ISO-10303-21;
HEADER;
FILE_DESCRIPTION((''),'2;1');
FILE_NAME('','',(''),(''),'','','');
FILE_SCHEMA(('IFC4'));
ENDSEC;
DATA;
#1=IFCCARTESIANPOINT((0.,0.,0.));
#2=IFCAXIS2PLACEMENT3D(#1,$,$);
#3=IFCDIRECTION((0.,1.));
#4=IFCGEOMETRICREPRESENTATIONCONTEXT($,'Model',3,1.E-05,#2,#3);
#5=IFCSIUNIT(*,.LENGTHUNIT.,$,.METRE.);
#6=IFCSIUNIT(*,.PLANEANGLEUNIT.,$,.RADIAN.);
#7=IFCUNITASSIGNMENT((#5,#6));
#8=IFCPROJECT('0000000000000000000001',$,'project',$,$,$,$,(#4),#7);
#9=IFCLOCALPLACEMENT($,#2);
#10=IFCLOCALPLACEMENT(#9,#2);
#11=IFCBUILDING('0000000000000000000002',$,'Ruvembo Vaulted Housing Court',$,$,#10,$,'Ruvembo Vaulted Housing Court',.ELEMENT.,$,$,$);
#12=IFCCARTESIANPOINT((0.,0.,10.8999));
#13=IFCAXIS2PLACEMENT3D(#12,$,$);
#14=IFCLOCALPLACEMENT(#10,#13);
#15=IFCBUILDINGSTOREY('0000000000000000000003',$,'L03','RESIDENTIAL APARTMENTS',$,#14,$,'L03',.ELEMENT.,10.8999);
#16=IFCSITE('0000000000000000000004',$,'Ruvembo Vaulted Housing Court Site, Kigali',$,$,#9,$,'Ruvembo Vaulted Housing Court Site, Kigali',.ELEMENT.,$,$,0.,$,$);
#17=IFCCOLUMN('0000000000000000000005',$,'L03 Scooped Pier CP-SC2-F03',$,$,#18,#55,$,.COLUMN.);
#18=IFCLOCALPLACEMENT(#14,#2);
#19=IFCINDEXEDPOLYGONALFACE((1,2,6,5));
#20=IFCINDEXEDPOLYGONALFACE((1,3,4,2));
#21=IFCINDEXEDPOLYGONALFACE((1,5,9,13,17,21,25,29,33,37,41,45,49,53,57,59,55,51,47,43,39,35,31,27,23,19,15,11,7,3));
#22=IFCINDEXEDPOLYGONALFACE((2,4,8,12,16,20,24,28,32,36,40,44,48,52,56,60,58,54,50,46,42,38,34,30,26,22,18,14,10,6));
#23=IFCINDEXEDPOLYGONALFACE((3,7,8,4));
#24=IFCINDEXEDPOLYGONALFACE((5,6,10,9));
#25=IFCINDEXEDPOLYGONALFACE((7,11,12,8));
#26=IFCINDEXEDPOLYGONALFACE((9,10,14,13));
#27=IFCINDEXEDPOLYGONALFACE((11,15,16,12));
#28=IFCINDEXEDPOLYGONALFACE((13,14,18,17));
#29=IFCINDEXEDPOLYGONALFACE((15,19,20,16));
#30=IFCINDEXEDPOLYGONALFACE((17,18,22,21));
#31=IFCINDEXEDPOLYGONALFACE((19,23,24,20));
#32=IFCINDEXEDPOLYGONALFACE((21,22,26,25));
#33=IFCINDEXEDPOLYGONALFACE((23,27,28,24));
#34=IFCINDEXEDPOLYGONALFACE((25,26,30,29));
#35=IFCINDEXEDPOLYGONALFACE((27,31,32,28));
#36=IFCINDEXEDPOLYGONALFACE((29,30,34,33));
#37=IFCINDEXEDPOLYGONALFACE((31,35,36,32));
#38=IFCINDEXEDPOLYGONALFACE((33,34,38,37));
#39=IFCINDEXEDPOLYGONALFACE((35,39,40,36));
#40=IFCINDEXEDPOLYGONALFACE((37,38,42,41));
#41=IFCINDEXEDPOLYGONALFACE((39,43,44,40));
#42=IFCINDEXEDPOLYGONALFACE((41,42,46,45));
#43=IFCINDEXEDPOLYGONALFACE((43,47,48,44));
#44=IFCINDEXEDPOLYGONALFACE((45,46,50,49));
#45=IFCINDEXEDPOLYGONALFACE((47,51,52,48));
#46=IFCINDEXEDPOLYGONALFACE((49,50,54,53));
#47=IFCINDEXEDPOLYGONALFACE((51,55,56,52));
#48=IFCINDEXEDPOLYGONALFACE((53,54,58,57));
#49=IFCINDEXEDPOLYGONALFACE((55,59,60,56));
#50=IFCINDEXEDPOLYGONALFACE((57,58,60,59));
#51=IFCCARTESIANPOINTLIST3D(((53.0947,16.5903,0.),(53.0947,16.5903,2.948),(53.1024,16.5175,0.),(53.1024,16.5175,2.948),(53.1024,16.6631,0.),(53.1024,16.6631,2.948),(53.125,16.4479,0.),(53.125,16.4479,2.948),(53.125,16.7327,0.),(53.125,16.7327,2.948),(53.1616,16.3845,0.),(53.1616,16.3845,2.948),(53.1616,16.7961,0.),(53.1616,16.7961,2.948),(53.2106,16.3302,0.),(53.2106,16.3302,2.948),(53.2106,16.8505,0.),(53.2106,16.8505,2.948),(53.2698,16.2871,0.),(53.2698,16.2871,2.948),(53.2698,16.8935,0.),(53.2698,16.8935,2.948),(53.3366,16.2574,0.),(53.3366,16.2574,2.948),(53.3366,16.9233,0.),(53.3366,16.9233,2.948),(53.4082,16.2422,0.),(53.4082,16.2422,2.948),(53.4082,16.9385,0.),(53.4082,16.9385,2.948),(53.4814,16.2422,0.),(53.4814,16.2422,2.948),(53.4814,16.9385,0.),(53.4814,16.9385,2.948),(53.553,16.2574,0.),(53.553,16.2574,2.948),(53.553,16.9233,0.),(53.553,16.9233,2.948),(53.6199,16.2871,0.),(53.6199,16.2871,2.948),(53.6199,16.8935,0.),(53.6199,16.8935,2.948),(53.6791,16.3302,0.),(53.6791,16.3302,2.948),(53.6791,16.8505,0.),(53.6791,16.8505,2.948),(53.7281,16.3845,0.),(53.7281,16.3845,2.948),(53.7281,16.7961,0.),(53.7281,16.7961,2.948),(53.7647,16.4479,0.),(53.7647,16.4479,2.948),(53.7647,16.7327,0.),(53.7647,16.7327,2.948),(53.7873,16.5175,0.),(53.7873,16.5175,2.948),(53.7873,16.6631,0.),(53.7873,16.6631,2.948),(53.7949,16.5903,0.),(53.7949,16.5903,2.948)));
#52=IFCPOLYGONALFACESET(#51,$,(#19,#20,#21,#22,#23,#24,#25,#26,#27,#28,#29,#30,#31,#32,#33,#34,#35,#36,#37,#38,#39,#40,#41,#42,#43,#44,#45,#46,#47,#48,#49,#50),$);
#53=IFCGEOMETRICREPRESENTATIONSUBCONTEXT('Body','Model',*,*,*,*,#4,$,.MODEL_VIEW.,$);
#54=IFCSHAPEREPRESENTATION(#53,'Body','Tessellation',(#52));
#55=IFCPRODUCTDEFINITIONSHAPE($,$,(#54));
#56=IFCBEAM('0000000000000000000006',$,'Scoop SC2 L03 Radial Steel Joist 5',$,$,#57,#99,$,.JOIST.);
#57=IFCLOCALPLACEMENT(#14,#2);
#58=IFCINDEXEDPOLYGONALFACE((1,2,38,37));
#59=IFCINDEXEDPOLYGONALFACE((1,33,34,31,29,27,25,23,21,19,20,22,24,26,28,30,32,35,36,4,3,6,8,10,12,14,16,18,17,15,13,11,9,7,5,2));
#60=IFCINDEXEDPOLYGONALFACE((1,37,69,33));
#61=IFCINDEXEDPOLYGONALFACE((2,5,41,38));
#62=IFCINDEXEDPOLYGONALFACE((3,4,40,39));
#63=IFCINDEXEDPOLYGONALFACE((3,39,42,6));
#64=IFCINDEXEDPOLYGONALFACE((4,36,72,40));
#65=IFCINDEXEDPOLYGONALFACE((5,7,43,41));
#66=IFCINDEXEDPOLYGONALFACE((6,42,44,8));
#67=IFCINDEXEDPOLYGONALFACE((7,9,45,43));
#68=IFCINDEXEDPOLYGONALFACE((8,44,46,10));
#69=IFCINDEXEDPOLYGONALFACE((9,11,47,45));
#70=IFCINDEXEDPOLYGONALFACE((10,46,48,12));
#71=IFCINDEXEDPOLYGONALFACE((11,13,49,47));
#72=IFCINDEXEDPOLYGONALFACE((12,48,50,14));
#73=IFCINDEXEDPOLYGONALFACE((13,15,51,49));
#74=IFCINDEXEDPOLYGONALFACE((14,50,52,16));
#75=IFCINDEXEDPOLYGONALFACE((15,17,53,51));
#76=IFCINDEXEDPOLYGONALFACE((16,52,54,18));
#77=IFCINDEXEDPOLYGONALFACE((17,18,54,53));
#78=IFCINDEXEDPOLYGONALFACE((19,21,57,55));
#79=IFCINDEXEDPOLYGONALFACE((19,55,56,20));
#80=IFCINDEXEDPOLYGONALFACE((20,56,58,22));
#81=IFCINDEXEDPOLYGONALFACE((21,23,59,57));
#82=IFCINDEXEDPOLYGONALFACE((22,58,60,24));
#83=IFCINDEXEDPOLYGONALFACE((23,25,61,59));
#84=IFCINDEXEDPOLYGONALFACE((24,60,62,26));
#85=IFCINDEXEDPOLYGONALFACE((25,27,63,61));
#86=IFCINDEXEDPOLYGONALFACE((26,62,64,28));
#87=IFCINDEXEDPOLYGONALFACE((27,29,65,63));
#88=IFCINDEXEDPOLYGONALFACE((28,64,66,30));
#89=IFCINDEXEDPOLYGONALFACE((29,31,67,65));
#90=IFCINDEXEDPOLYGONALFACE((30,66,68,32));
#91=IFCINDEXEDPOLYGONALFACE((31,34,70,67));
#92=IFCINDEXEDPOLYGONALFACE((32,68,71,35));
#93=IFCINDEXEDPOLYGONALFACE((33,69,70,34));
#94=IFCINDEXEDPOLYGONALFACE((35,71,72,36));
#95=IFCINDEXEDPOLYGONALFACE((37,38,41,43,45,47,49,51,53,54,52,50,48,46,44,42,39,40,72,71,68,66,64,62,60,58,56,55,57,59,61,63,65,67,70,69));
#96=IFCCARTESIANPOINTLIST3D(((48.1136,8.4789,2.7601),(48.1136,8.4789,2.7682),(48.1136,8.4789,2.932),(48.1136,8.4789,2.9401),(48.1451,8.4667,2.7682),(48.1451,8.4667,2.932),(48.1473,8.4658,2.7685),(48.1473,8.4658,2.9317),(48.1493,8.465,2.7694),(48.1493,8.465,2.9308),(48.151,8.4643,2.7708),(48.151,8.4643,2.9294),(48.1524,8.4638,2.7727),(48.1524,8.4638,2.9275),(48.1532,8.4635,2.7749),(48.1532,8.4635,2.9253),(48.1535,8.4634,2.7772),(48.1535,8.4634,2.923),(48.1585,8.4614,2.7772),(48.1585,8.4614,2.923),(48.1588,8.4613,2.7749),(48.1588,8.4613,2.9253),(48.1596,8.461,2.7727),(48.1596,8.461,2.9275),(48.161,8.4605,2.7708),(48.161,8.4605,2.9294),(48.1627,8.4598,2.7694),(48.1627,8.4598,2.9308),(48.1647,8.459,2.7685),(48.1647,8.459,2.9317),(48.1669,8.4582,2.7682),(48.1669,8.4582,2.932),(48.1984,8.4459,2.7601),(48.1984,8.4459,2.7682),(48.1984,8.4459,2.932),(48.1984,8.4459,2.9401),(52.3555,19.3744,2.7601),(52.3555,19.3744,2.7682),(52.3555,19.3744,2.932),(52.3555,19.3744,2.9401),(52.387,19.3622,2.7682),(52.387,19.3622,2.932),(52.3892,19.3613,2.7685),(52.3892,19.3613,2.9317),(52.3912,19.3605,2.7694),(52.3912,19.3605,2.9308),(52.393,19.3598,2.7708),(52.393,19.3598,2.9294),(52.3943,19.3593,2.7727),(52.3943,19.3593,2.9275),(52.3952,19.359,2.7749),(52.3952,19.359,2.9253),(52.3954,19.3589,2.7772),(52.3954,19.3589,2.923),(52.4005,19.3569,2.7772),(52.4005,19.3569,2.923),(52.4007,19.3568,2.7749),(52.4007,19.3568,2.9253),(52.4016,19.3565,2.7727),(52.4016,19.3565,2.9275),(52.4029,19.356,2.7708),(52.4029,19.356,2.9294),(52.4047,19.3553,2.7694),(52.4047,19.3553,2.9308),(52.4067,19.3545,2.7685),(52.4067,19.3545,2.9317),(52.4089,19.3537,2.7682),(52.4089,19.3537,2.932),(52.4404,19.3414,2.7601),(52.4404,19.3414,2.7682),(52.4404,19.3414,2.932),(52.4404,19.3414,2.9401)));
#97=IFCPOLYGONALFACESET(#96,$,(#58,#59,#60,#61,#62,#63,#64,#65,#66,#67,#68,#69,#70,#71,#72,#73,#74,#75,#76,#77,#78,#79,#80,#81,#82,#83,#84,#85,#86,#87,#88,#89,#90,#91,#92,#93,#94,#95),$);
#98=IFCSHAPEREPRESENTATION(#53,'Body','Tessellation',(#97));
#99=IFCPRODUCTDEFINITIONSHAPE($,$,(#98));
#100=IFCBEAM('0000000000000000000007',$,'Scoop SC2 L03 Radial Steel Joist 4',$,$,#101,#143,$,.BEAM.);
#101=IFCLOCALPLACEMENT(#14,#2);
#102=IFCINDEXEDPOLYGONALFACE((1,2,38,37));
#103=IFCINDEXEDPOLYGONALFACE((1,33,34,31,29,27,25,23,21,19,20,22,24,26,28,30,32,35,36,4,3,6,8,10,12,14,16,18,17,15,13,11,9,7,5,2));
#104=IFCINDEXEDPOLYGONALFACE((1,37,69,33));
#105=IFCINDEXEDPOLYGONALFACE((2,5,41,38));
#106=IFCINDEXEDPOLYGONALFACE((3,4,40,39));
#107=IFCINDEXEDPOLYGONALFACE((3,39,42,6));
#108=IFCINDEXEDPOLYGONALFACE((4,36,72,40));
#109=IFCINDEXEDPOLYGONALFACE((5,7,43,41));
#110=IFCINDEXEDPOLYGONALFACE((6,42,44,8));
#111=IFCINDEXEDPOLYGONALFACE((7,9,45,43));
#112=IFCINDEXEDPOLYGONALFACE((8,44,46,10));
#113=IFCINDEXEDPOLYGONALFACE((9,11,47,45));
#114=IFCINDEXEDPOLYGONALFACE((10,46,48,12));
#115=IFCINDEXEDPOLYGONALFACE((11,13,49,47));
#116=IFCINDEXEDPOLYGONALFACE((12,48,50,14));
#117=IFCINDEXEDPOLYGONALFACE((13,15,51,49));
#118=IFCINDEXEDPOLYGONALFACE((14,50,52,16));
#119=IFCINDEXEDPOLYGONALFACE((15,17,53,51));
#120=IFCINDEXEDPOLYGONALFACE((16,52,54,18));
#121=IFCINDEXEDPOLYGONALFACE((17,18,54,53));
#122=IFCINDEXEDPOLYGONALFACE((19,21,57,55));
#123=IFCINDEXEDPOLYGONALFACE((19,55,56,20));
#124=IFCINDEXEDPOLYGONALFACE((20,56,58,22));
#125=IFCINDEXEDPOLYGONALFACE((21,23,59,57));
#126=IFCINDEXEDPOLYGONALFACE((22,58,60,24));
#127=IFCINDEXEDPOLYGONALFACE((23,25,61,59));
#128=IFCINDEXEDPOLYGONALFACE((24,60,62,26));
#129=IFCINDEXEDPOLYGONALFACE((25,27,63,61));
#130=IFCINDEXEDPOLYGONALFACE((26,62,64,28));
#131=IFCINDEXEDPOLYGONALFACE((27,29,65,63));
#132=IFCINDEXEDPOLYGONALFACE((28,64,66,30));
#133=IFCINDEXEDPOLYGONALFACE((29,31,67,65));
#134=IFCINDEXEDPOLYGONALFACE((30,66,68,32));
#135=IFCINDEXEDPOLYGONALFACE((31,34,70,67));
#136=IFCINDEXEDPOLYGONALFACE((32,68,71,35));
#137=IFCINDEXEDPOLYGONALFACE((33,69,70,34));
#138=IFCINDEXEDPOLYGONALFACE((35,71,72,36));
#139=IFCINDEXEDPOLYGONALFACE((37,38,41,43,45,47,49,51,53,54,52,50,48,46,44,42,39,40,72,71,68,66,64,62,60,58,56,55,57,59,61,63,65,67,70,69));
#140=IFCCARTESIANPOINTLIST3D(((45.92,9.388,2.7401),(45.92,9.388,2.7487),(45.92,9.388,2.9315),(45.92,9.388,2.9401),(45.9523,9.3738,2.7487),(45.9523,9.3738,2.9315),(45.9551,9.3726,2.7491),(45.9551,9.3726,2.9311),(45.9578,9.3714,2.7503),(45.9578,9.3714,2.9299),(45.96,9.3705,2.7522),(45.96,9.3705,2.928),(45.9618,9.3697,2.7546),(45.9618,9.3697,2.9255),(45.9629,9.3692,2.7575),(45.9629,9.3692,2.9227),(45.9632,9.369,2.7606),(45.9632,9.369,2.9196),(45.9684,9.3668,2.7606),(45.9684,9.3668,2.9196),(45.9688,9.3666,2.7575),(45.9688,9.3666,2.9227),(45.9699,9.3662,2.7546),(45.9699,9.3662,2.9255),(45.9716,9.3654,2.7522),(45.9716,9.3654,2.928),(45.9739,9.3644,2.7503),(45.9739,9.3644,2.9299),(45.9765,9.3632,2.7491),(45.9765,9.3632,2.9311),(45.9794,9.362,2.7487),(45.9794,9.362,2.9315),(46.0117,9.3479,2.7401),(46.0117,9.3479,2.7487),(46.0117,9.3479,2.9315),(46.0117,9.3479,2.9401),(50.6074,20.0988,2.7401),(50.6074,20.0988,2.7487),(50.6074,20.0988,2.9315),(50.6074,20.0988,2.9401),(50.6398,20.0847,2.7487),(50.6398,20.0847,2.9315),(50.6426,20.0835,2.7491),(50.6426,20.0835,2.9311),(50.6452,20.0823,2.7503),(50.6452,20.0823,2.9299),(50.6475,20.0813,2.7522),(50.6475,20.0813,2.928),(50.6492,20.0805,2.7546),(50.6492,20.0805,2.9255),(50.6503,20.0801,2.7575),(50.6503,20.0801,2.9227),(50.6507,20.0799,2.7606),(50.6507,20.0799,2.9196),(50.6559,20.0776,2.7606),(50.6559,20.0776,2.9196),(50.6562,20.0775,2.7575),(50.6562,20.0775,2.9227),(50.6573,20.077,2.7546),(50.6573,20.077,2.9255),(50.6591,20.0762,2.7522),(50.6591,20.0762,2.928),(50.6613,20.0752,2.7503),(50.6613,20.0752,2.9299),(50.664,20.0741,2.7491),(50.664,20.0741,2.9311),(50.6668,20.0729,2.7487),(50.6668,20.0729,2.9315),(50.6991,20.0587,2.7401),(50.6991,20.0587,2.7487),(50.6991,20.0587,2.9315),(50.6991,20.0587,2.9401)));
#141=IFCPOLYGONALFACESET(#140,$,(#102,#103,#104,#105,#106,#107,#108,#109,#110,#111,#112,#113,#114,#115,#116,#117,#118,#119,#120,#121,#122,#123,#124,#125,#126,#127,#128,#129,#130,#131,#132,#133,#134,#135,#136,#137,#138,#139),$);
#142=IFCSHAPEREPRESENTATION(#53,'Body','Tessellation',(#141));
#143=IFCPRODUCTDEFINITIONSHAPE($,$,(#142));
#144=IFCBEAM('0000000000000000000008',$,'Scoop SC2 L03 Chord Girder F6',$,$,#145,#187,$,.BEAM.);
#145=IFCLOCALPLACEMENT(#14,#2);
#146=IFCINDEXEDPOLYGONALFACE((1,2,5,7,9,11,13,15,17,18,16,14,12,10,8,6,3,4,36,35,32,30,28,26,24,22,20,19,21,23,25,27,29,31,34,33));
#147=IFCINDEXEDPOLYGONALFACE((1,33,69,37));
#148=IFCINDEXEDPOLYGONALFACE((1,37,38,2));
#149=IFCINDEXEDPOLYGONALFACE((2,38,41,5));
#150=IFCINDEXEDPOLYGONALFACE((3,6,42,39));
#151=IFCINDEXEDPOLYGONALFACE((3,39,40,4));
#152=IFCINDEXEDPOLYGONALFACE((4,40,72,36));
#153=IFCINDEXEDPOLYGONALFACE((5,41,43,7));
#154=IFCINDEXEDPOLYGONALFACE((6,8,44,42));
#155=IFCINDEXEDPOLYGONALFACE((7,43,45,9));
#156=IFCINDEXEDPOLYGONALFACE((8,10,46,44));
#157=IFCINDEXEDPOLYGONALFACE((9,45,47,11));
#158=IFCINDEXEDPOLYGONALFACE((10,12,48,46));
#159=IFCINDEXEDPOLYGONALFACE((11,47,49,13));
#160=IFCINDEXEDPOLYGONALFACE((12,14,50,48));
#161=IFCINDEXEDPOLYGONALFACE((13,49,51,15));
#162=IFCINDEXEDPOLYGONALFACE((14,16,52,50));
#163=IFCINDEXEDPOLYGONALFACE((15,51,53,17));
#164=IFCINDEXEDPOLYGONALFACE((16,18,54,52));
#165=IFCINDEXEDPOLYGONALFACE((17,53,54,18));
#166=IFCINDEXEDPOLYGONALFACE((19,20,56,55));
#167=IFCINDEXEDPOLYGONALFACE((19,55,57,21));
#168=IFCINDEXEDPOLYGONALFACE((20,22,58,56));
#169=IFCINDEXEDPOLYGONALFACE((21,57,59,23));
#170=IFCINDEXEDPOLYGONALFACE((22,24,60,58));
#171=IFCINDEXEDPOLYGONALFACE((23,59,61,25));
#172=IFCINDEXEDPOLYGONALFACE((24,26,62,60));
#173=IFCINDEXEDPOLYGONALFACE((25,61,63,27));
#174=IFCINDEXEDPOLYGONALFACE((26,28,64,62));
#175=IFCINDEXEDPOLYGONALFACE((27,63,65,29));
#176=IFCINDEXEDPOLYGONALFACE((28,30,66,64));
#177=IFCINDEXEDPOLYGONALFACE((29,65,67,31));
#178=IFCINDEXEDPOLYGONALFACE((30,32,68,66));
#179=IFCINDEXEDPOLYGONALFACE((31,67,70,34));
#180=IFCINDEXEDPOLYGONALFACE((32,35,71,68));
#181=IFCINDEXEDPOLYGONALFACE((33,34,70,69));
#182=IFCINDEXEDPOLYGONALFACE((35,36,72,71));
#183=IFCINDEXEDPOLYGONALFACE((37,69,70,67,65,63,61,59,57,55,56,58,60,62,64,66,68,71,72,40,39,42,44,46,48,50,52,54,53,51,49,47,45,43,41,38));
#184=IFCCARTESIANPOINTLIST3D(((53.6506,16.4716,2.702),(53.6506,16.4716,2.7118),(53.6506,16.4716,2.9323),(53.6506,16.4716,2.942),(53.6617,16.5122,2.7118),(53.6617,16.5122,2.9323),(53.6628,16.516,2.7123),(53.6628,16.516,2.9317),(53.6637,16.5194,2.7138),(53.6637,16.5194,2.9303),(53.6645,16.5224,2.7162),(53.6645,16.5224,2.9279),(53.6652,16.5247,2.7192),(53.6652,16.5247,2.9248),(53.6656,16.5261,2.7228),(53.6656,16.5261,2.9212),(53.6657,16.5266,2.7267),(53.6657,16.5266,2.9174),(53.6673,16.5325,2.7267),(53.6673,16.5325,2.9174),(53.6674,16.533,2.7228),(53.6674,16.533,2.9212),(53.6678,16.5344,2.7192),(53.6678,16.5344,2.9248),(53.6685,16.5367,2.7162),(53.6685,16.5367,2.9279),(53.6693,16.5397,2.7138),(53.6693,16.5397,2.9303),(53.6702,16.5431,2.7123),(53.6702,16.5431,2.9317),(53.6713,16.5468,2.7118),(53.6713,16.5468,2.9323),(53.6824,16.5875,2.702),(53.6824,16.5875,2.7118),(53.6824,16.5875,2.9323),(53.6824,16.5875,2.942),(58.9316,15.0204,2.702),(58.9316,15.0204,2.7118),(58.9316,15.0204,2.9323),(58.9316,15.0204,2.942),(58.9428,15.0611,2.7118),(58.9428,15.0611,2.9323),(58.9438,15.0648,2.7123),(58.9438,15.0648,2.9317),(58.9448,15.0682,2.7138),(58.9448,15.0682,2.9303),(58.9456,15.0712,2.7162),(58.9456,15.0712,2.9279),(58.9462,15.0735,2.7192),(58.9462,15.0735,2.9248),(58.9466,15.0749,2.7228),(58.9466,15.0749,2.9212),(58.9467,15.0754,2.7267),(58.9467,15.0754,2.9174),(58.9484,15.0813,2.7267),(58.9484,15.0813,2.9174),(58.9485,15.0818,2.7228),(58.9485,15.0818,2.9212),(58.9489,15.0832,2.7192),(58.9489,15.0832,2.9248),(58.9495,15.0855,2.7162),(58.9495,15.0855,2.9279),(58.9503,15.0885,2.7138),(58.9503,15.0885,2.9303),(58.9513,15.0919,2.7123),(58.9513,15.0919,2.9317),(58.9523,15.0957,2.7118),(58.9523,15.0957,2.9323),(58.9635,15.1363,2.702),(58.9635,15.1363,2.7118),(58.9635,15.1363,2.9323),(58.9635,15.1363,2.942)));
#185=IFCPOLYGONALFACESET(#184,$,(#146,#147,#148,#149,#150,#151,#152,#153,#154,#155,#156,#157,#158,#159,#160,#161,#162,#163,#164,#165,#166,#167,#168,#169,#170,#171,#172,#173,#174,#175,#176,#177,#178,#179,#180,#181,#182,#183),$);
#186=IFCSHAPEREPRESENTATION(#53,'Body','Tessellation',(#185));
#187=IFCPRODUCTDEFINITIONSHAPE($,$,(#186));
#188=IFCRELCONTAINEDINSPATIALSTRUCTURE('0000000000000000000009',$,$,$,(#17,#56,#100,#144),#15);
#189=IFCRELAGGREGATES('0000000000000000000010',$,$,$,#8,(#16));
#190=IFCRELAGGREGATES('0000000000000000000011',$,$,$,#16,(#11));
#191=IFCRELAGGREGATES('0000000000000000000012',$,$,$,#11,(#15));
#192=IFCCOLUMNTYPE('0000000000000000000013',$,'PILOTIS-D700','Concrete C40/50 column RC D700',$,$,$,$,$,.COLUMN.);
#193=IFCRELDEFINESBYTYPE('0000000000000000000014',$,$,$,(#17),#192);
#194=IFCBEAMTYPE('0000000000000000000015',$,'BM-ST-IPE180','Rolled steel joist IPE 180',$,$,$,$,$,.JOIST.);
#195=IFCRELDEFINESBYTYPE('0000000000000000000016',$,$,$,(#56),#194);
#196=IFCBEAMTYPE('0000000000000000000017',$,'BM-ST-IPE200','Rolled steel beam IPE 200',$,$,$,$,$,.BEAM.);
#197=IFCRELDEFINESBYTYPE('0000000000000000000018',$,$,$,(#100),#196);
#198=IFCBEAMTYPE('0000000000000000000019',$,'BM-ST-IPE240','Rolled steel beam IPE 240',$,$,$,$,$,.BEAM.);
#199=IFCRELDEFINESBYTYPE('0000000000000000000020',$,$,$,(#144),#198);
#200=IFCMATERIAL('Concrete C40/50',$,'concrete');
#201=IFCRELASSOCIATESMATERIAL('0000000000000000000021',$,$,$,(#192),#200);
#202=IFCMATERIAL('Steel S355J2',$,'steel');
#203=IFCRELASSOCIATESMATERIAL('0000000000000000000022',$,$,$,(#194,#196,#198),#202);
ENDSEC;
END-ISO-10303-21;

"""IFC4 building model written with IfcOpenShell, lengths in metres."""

from ifc_helpers import new_model, si_unit, direction, frame, origin, origin_2d, place, context, subcontext, project, spatial, circle, i_section, extrude, material, material_profile, profile_set, type_object, element, save


model = new_model("IFC4")

# Units and contexts
model_context = context("Model", 3, precision=1e-05, world=origin(), true_north=direction((0.0, 1.0)))
body_context = subcontext(model_context, "Body", "Model", "MODEL_VIEW")
ifc_project = project(units=[si_unit("LENGTHUNIT", "METRE"), si_unit("PLANEANGLEUNIT", "RADIAN")], contexts=[model_context])

# Site, building, storey
site_placement = place(None, origin())
site = spatial("IfcSite", under=ifc_project, at=site_placement, Name="Ruvembo Vaulted Housing Court Site, Kigali", LongName="Ruvembo Vaulted Housing Court Site, Kigali", CompositionType="ELEMENT", RefElevation=0.0)
building_placement = place(site_placement, origin())
building = spatial("IfcBuilding", under=site, at=building_placement, Name="Ruvembo Vaulted Housing Court", LongName="Ruvembo Vaulted Housing Court", CompositionType="ELEMENT")
storey_placement = place(building_placement, frame((0.0, 0.0, 10.8999)))
storey = spatial("IfcBuildingStorey", under=building, at=storey_placement, Name="L03", Description="RESIDENTIAL APARTMENTS", LongName="L03", CompositionType="ELEMENT", Elevation=10.8999)

# Column
ifc_material_1 = material(Name="Concrete C40/50", Category="concrete")
ifc_material_profile_1 = material_profile(ifc_material_1, circle(Radius=0.3501, at=origin_2d()), Name="RC D700")
ifc_profile_set_1 = profile_set([ifc_material_profile_1], Name="Concrete C40/50")
column_type = type_object("IfcColumnType", Name="PILOTIS-D700", Description="Concrete C40/50 column RC D700", PredefinedType="COLUMN", material=ifc_profile_set_1)
column_placement = place(storey_placement, frame((53.4448, 16.5903, 0.0), z_axis=(0.0, 0.0, 1.0), x_axis=(1.0, 0.0, 0.0)))
element("IfcColumn", 1, at=column_placement, inside=storey, type_object=column_type, Name="L03 Scooped Pier CP-SC2-F03", PredefinedType="COLUMN", context=body_context, shape_type="SweptSolid", body=[
    extrude(circle(Radius=0.3501, at=origin_2d()), origin(), (0.0, 0.0, 1.0), 2.948),
])

# Beams
ifc_material_2 = material(Name="Steel S355J2", Category="steel")
ifc_material_profile_2 = material_profile(ifc_material_2, i_section(OverallWidth=0.0911, OverallDepth=0.1799, WebThickness=0.0054, FlangeThickness=0.0081, FilletRadius=0.009, at=origin_2d()), Name="IPE 180")
ifc_profile_set_2 = profile_set([ifc_material_profile_2], Name="Steel S355J2")
beam_type_1 = type_object("IfcBeamType", Name="BM-ST-IPE180", Description="Rolled steel joist IPE 180", PredefinedType="JOIST", material=ifc_profile_set_2)
beam_1_placement = place(storey_placement, frame((48.156, 8.4624, 2.8501), z_axis=(0.362803, 0.931866, 0.0), x_axis=(-0.931866, 0.362803, 0.0)))
element("IfcBeam", 2, at=beam_1_placement, inside=storey, type_object=beam_type_1, Name="Scoop SC2 L03 Radial Steel Joist 5", PredefinedType="JOIST", context=body_context, shape_type="SweptSolid", body=[
    extrude(i_section(OverallWidth=0.0911, OverallDepth=0.1799, WebThickness=0.0054, FlangeThickness=0.0081, FilletRadius=0.009, at=origin_2d()), origin(), (0.0, 0.0, 1.0), 11.6921),
])
ifc_material_profile_3 = material_profile(ifc_material_2, i_section(OverallWidth=0.1001, OverallDepth=0.2, WebThickness=0.0056, FlangeThickness=0.0085, FilletRadius=0.012, at=origin_2d()), Name="IPE 200")
ifc_profile_set_3 = profile_set([ifc_material_profile_3], Name="Steel S355J2")
beam_type_2 = type_object("IfcBeamType", Name="BM-ST-IPE200", Description="Rolled steel beam IPE 200", PredefinedType="BEAM", material=ifc_profile_set_3)
beam_2_placement = place(storey_placement, frame((45.9658, 9.3679, 2.8401), z_axis=(0.400924, 0.916111, 0.0), x_axis=(-0.916111, 0.400924, 0.0)))
element("IfcBeam", 3, at=beam_2_placement, inside=storey, type_object=beam_type_2, Name="Scoop SC2 L03 Radial Steel Joist 4", PredefinedType="BEAM", context=body_context, shape_type="SweptSolid", body=[
    extrude(i_section(OverallWidth=0.1001, OverallDepth=0.2, WebThickness=0.0056, FlangeThickness=0.0085, FilletRadius=0.012, at=origin_2d()), origin(), (0.0, 0.0, 1.0), 11.6917),
])
ifc_material_profile_4 = material_profile(ifc_material_2, i_section(OverallWidth=0.1201, OverallDepth=0.24, WebThickness=0.0061, FlangeThickness=0.0098, FilletRadius=0.0149, at=origin_2d()), Name="IPE 240")
ifc_profile_set_4 = profile_set([ifc_material_profile_4], Name="Steel S355J2")
beam_type_3 = type_object("IfcBeamType", Name="BM-ST-IPE240", Description="Rolled steel beam IPE 240", PredefinedType="BEAM", material=ifc_profile_set_4)
beam_3_placement = place(storey_placement, frame((53.6665, 16.5295, 2.822), z_axis=(0.964257, -0.264969, 0.0), x_axis=(0.264969, 0.964257, 0.0)))
element("IfcBeam", 4, at=beam_3_placement, inside=storey, type_object=beam_type_3, Name="Scoop SC2 L03 Chord Girder F6", PredefinedType="BEAM", context=body_context, shape_type="SweptSolid", body=[
    extrude(i_section(OverallWidth=0.1201, OverallDepth=0.24, WebThickness=0.0061, FlangeThickness=0.0098, FilletRadius=0.0149, at=origin_2d()), origin(), (0.0, 0.0, 1.0), 5.4768),
])

save(model, "model.ifc")
